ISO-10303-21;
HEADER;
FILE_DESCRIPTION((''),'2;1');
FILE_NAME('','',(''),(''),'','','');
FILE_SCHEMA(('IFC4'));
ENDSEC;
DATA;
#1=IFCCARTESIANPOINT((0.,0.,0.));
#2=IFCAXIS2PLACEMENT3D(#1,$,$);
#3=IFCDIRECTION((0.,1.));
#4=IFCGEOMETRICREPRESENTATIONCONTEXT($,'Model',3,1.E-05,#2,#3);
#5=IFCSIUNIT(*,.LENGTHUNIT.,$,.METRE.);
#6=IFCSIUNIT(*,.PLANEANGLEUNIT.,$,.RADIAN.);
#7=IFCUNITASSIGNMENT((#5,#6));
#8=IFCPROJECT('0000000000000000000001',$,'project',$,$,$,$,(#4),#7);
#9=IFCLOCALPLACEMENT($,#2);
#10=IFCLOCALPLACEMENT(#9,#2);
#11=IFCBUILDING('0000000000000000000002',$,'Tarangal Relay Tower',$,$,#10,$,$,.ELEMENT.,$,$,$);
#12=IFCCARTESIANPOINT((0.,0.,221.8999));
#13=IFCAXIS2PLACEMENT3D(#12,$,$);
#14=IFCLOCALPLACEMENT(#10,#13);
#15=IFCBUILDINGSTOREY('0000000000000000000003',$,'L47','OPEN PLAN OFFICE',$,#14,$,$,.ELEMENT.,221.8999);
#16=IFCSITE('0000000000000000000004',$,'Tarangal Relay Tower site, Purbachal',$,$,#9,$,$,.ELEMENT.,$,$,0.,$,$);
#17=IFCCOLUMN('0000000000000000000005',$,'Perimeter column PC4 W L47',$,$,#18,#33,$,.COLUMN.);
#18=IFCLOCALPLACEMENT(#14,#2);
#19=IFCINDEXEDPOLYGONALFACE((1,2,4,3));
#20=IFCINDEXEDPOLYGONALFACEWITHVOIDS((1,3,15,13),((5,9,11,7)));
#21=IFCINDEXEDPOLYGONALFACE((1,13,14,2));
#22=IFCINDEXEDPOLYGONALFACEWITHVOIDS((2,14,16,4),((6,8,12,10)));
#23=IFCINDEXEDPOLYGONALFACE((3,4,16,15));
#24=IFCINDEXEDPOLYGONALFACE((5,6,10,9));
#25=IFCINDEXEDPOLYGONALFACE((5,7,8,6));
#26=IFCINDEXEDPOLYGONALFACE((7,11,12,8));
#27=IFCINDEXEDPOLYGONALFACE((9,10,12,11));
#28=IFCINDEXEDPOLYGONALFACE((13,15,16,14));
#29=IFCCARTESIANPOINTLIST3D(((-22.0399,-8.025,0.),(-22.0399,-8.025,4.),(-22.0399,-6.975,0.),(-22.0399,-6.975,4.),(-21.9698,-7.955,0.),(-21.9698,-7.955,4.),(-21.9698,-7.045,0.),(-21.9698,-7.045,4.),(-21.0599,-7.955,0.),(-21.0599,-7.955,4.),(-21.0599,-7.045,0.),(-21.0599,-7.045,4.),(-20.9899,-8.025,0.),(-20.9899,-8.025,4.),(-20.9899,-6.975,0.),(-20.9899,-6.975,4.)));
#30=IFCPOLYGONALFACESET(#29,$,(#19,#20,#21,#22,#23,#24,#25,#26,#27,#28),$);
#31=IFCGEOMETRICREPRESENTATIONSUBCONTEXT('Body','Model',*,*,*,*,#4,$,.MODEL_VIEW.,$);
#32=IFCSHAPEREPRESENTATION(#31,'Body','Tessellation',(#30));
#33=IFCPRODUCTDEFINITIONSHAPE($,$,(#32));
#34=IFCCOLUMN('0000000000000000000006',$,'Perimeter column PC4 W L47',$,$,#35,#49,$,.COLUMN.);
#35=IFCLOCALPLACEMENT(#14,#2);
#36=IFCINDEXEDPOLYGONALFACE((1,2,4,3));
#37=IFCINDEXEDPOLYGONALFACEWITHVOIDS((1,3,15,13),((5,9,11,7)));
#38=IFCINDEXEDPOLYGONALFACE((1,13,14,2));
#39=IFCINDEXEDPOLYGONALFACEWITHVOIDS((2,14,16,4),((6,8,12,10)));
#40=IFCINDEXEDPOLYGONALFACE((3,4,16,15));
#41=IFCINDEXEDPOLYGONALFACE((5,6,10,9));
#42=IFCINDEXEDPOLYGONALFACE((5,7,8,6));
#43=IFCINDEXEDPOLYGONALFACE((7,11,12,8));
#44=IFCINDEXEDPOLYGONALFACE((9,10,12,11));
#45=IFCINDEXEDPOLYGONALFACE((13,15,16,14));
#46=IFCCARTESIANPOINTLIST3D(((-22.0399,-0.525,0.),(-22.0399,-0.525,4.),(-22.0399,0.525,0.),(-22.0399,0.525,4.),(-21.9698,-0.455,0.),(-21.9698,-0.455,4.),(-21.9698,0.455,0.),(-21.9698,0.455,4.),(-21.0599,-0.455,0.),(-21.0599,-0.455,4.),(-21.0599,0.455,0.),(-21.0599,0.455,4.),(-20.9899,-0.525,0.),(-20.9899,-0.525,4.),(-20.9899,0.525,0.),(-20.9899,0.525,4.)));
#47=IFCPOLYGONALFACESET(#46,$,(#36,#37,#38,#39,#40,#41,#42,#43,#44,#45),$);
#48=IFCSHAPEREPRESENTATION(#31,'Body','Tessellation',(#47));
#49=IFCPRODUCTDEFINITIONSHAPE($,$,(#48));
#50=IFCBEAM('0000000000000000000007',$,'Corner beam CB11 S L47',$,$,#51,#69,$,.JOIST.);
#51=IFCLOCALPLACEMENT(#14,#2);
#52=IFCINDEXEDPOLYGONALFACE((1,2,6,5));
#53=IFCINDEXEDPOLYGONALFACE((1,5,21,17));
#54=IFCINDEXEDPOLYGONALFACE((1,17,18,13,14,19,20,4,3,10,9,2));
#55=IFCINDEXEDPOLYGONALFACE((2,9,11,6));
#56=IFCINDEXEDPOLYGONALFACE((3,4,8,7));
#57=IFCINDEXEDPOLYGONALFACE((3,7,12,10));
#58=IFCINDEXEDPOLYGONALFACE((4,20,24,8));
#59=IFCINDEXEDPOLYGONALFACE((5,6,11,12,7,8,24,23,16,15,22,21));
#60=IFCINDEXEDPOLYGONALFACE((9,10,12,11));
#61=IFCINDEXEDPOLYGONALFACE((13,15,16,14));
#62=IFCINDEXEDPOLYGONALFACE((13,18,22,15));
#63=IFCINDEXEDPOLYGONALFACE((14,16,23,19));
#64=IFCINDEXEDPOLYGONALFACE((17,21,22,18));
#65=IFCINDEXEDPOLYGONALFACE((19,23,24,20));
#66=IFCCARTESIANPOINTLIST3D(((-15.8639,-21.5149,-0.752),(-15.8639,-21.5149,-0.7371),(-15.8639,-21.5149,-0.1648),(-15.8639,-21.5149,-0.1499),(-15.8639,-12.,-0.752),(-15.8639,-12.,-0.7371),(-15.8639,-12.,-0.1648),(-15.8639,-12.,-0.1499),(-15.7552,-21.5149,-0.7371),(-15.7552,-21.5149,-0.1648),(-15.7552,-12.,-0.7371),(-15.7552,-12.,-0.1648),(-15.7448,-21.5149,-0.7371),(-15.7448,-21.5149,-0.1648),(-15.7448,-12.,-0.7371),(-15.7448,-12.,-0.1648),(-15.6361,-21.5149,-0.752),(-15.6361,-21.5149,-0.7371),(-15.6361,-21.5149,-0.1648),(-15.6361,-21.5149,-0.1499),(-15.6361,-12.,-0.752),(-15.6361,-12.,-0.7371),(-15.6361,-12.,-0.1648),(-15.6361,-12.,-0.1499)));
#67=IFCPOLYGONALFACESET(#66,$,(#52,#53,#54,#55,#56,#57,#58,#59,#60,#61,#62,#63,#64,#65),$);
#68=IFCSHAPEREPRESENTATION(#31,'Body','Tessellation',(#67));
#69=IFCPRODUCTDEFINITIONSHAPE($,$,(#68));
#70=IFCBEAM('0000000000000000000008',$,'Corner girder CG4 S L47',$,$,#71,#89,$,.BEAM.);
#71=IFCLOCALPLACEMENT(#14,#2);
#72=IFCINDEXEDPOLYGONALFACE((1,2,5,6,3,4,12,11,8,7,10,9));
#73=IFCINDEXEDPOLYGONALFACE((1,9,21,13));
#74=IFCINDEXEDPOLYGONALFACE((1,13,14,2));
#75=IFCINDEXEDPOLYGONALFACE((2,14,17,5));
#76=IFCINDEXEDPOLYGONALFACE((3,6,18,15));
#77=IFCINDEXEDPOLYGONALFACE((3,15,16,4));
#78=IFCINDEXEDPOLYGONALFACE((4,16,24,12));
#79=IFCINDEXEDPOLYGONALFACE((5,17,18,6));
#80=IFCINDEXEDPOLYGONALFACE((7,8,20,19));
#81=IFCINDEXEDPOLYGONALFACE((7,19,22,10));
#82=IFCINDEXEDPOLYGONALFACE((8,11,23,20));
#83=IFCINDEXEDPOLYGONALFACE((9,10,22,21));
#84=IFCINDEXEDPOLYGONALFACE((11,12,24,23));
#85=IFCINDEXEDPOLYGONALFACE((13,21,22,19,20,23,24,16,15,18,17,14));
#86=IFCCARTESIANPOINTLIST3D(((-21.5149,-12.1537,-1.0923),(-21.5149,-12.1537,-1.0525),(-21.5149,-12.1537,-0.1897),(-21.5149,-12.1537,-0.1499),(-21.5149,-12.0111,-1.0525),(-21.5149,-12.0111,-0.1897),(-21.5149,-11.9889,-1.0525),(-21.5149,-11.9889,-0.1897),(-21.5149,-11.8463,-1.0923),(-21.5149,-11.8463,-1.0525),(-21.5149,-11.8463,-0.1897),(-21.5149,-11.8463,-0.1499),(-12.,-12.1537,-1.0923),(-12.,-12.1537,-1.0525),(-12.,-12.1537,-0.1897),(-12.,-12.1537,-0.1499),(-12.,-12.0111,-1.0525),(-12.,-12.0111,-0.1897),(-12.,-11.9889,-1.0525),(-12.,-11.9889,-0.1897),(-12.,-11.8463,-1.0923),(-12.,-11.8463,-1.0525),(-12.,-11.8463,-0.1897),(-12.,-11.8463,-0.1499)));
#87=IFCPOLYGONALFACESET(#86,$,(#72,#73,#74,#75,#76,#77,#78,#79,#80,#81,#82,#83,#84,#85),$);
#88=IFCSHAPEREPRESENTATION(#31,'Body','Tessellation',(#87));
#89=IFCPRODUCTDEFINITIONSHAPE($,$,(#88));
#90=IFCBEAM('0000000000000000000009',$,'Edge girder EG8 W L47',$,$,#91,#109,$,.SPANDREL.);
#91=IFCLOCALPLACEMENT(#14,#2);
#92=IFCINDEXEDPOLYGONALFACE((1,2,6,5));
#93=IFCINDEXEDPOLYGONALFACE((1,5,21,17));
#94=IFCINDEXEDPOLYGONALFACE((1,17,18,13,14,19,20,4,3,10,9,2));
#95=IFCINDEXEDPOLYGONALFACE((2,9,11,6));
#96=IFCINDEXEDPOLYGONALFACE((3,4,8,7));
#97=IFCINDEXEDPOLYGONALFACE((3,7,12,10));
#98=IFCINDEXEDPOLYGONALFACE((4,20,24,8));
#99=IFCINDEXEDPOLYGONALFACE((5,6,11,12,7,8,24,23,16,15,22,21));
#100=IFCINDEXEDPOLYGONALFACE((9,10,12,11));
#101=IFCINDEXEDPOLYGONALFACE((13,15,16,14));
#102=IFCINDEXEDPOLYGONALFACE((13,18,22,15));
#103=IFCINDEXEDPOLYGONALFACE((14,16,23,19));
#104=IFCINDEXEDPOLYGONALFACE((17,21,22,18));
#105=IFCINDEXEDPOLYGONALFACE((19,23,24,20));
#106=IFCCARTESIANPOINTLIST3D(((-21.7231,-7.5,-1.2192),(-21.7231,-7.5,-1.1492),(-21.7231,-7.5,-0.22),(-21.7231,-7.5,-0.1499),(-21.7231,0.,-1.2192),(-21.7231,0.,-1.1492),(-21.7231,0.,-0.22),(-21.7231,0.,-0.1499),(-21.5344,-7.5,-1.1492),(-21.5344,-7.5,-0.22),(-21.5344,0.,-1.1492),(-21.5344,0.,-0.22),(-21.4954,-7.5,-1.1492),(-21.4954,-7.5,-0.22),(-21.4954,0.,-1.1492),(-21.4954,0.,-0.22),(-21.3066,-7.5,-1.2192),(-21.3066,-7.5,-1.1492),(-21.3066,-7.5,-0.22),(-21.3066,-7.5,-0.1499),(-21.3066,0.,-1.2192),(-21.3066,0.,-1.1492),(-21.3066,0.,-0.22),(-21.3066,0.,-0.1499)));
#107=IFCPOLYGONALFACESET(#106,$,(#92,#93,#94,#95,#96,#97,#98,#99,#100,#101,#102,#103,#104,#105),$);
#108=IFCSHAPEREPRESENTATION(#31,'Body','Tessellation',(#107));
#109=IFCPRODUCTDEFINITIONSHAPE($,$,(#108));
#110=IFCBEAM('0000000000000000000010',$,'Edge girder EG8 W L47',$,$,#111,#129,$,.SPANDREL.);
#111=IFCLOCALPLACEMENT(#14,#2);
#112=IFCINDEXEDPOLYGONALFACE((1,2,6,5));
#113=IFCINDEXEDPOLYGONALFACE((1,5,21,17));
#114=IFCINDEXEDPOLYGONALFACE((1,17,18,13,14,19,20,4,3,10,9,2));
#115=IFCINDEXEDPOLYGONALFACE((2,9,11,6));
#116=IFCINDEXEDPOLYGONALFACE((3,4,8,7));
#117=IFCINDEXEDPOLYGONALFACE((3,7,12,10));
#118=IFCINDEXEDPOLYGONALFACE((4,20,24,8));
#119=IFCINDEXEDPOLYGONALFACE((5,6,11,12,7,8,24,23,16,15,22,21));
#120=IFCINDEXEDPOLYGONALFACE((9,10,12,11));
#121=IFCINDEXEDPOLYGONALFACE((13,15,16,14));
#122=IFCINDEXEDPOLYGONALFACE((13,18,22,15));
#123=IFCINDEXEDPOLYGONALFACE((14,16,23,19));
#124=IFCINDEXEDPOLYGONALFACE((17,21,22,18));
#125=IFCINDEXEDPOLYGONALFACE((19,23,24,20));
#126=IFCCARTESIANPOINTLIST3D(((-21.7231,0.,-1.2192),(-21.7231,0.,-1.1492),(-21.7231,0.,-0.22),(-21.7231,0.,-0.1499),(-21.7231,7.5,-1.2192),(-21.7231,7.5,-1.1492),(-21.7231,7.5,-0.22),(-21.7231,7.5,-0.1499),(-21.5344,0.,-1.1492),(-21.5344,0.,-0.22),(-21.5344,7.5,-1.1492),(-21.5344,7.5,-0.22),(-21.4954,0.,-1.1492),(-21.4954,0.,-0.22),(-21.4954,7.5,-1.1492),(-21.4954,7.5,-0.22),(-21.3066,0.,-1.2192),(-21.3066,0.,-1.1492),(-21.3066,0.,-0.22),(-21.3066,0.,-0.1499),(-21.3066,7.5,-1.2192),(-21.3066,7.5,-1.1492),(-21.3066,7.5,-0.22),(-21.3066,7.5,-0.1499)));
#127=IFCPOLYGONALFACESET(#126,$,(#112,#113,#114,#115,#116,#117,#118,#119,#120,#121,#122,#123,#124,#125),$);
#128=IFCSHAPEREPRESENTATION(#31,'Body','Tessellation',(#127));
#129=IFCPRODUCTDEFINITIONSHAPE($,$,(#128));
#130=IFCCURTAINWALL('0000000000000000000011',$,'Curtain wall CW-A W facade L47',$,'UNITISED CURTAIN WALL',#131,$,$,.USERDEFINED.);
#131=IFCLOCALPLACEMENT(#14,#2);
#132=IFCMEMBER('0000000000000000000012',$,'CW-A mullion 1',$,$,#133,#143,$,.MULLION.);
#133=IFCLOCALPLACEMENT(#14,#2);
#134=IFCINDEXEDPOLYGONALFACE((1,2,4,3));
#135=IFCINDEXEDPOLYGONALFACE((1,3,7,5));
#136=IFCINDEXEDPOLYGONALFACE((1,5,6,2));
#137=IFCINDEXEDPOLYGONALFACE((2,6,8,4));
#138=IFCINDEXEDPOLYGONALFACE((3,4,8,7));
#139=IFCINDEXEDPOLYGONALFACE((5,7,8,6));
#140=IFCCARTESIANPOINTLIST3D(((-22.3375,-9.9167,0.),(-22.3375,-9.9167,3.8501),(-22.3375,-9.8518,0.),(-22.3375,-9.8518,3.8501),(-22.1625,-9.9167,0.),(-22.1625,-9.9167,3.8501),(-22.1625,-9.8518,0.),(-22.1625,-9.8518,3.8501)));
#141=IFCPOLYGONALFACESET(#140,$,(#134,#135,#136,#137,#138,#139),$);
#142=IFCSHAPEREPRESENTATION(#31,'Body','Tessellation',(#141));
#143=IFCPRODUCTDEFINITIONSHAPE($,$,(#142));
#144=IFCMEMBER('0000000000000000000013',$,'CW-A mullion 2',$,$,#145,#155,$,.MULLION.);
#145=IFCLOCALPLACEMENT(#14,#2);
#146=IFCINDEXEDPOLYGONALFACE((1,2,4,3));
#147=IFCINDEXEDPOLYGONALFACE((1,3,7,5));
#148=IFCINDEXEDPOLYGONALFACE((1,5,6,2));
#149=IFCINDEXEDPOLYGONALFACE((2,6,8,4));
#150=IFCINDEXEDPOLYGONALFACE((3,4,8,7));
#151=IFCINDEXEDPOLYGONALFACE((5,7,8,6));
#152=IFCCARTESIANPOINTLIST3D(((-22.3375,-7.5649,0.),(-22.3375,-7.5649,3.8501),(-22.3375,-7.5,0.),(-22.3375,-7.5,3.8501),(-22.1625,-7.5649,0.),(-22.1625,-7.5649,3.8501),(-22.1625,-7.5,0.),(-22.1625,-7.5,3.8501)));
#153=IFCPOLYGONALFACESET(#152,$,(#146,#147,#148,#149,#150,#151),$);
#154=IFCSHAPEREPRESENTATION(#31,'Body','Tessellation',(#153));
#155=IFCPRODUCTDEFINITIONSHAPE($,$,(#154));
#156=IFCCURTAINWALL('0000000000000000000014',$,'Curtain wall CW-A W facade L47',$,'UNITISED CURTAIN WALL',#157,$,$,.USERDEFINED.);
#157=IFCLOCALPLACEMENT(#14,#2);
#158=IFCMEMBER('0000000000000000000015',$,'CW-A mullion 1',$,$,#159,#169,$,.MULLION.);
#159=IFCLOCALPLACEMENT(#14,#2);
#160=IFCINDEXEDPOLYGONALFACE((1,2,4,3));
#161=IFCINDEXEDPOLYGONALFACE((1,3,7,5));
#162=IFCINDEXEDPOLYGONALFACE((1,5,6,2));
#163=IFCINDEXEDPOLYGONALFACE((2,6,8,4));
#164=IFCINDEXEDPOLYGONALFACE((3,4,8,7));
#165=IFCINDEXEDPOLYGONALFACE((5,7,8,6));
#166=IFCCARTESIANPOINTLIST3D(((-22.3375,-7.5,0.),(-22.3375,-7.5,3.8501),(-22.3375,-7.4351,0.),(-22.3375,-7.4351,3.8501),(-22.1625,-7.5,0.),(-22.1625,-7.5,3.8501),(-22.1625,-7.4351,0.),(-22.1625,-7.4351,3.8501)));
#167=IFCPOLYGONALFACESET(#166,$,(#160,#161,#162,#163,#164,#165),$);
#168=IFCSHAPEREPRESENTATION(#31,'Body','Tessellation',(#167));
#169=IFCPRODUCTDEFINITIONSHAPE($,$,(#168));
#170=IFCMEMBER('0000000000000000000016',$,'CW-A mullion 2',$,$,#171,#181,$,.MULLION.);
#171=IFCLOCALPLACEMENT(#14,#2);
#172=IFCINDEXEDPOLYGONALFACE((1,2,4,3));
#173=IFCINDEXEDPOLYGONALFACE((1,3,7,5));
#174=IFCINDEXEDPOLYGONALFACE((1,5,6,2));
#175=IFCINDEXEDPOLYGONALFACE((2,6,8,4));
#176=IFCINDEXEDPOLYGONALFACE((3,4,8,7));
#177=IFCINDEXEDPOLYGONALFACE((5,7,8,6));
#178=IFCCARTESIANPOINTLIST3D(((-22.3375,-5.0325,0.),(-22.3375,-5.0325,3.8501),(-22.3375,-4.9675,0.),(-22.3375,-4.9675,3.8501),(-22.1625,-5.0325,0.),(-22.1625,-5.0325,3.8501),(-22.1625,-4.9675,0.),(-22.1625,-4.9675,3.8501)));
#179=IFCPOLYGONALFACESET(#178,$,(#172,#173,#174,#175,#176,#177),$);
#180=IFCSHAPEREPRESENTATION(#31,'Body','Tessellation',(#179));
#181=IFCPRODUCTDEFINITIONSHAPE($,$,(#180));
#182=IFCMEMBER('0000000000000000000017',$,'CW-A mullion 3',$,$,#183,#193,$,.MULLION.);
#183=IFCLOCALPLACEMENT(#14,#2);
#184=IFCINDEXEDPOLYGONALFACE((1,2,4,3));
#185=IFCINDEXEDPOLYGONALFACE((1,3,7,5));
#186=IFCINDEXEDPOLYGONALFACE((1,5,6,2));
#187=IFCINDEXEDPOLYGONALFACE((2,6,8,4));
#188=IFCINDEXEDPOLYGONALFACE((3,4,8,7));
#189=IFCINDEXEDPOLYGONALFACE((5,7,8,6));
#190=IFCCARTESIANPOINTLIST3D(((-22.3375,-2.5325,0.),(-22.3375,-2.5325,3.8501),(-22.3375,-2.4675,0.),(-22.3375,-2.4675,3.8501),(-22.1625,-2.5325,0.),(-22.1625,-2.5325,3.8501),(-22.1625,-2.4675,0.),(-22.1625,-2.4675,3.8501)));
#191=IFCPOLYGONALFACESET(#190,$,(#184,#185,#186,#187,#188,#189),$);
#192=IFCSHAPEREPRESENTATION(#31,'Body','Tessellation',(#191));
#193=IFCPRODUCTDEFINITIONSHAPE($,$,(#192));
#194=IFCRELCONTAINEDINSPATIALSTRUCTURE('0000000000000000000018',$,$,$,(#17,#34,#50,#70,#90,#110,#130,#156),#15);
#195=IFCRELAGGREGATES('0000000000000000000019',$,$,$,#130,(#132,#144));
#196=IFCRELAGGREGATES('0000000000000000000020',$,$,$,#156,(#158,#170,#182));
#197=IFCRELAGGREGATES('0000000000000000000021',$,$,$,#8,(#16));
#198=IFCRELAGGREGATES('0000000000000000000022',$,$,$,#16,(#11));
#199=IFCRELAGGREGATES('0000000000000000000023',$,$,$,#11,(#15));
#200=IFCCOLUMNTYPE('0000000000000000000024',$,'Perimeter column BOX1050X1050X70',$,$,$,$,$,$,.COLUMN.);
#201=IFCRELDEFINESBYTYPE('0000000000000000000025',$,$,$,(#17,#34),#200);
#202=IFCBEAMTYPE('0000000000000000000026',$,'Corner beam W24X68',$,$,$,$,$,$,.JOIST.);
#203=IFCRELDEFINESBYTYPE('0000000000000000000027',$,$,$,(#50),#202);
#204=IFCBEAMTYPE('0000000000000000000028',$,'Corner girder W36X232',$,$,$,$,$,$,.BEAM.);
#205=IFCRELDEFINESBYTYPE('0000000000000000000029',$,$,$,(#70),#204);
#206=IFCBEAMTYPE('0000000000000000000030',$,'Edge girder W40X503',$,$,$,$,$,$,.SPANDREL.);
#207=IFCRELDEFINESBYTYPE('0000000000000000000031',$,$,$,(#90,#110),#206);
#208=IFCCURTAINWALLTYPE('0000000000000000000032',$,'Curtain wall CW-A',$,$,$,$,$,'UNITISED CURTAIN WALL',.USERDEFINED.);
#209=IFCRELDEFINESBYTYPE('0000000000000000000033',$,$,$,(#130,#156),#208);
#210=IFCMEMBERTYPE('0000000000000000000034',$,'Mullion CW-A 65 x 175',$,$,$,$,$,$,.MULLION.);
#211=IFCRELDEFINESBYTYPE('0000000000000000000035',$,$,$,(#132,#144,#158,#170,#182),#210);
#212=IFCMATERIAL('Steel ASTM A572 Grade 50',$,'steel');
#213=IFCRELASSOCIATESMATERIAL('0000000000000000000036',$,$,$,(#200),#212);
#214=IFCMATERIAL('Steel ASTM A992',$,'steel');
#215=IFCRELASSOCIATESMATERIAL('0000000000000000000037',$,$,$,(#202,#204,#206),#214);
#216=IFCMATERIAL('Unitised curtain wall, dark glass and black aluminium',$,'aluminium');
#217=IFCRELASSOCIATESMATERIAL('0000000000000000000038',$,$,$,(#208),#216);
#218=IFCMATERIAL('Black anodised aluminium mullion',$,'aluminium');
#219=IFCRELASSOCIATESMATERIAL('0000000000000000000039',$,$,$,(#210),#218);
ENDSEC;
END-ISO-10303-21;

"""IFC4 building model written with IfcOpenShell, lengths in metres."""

from ifc_helpers import new_model, si_unit, direction, frame, origin, origin_2d, place, context, subcontext, project, spatial, rectangle, hollow_rectangle, i_section, extrude, material, material_profile, profile_set, type_object, element, aggregate, save


model = new_model("IFC4")

# Units and contexts
model_context = context("Model", 3, precision=1e-05, world=origin(), true_north=direction((0.0, 1.0)))
body_context = subcontext(model_context, "Body", "Model", "MODEL_VIEW")
ifc_project = project(units=[si_unit("LENGTHUNIT", "METRE"), si_unit("PLANEANGLEUNIT", "RADIAN")], contexts=[model_context])

# Site, building, storey
site_placement = place(None, origin())
site = spatial("IfcSite", under=ifc_project, at=site_placement, Name="Tarangal Relay Tower site, Purbachal", CompositionType="ELEMENT", RefElevation=0.0)
building_placement = place(site_placement, origin())
building = spatial("IfcBuilding", under=site, at=building_placement, Name="Tarangal Relay Tower", CompositionType="ELEMENT")
storey_placement = place(building_placement, frame((0.0, 0.0, 221.8999)))
storey = spatial("IfcBuildingStorey", under=building, at=storey_placement, Name="L47", Description="OPEN PLAN OFFICE", CompositionType="ELEMENT", Elevation=221.8999)

# Columns
ifc_material_1 = material(Name="Steel ASTM A572 Grade 50", Category="steel")
ifc_material_profile_1 = material_profile(ifc_material_1, hollow_rectangle(XDim=1.05, YDim=1.05, WallThickness=0.0701, at=origin_2d()), Name="BOX1050X1050X70")
ifc_profile_set_1 = profile_set([ifc_material_profile_1], Name="Steel ASTM A572 Grade 50")
column_type = type_object("IfcColumnType", Name="Perimeter column BOX1050X1050X70", PredefinedType="COLUMN", material=ifc_profile_set_1)
for number, where, z_axis, x_axis, name in (
    (1, (-21.5149, -7.5, 0.0), (0.0, 0.0, 1.0), (1.0, 0.0, 0.0), "Perimeter column PC4 W L47"),
    (2, (-21.5149, 0.0, 0.0), (0.0, 0.0, 1.0), (1.0, 0.0, 0.0), "Perimeter column PC4 W L47"),
):
    element("IfcColumn", number, at=place(storey_placement, frame(where, z_axis=z_axis, x_axis=x_axis)), inside=storey, type_object=column_type, Name=name, PredefinedType="COLUMN", context=body_context, shape_type="SweptSolid", body=[
        extrude(hollow_rectangle(XDim=1.05, YDim=1.05, WallThickness=0.0701, at=origin_2d()), origin(), (0.0, 0.0, 1.0), 4.0),
    ])

# Beams
ifc_material_2 = material(Name="Steel ASTM A992", Category="steel")
ifc_material_profile_2 = material_profile(ifc_material_2, i_section(OverallWidth=0.2278, OverallDepth=0.6021, WebThickness=0.0105, FlangeThickness=0.0149, at=origin_2d()), Name="W24X68")
ifc_profile_set_2 = profile_set([ifc_material_profile_2], Name="Steel ASTM A992")
beam_type_1 = type_object("IfcBeamType", Name="Corner beam W24X68", PredefinedType="JOIST", material=ifc_profile_set_2)
beam_1_placement = place(storey_placement, frame((-15.75, -12.0, -0.4509), z_axis=(0.0, -1.0, 0.0), x_axis=(1.0, 0.0, 0.0)))
element("IfcBeam", 3, at=beam_1_placement, inside=storey, type_object=beam_type_1, Name="Corner beam CB11 S L47", PredefinedType="JOIST", context=body_context, shape_type="SweptSolid", body=[
    extrude(i_section(OverallWidth=0.2278, OverallDepth=0.6021, WebThickness=0.0105, FlangeThickness=0.0149, at=origin_2d()), origin(), (0.0, 0.0, 1.0), 9.5149),
])
ifc_material_profile_3 = material_profile(ifc_material_2, i_section(OverallWidth=0.3074, OverallDepth=0.9424, WebThickness=0.0222, FlangeThickness=0.0398, at=origin_2d()), Name="W36X232")
ifc_profile_set_3 = profile_set([ifc_material_profile_3], Name="Steel ASTM A992")
beam_type_2 = type_object("IfcBeamType", Name="Corner girder W36X232", PredefinedType="BEAM", material=ifc_profile_set_3)
beam_2_placement = place(storey_placement, frame((-12.0, -12.0, -0.6211), z_axis=(-1.0, 0.0, 0.0), x_axis=(0.0, -1.0, 0.0)))
element("IfcBeam", 4, at=beam_2_placement, inside=storey, type_object=beam_type_2, Name="Corner girder CG4 S L47", PredefinedType="BEAM", context=body_context, shape_type="SweptSolid", body=[
    extrude(i_section(OverallWidth=0.3074, OverallDepth=0.9424, WebThickness=0.0222, FlangeThickness=0.0398, at=origin_2d()), origin(), (0.0, 0.0, 1.0), 9.5149),
])
ifc_material_profile_4 = material_profile(ifc_material_2, i_section(OverallWidth=0.4165, OverallDepth=1.0693, WebThickness=0.0391, FlangeThickness=0.0701, at=origin_2d()), Name="W40X503")
ifc_profile_set_4 = profile_set([ifc_material_profile_4], Name="Steel ASTM A992")
beam_type_3 = type_object("IfcBeamType", Name="Edge girder W40X503", PredefinedType="SPANDREL", material=ifc_profile_set_4)
for number, where, z_axis, x_axis, name in (
    (5, (-21.5149, -7.5, -0.6846), (0.0, 1.0, 0.0), (-1.0, 0.0, 0.0), "Edge girder EG8 W L47"),
    (6, (-21.5149, 0.0, -0.6846), (0.0, 1.0, 0.0), (-1.0, 0.0, 0.0), "Edge girder EG8 W L47"),
):
    element("IfcBeam", number, at=place(storey_placement, frame(where, z_axis=z_axis, x_axis=x_axis)), inside=storey, type_object=beam_type_3, Name=name, PredefinedType="SPANDREL", context=body_context, shape_type="SweptSolid", body=[
        extrude(i_section(OverallWidth=0.4165, OverallDepth=1.0693, WebThickness=0.0391, FlangeThickness=0.0701, at=origin_2d()), origin(), (0.0, 0.0, 1.0), 7.5),
    ])

# Curtain walls, members
ifc_material_3 = material(Name="Unitised curtain wall, dark glass and black aluminium", Category="aluminium")
curtain_wall_type_1 = type_object("IfcCurtainWallType", Name="Curtain wall CW-A", ElementType="UNITISED CURTAIN WALL", PredefinedType="USERDEFINED", material=ifc_material_3)
curtain_wall_1_placement = place(storey_placement, origin())
curtain_wall_1 = element("IfcCurtainWall", 7, at=curtain_wall_1_placement, inside=storey, type_object=curtain_wall_type_1, Name="Curtain wall CW-A W facade L47", ObjectType="UNITISED CURTAIN WALL", PredefinedType="USERDEFINED")
ifc_material_4 = material(Name="Black anodised aluminium mullion", Category="aluminium")
ifc_material_profile_5 = material_profile(ifc_material_4, rectangle(XDim=0.175, YDim=0.0649, at=origin_2d()), Name="CW-AM 65X175")
ifc_profile_set_5 = profile_set([ifc_material_profile_5], Name="Black anodised aluminium mullion")
member_type_1 = type_object("IfcMemberType", Name="Mullion CW-A 65 x 175", PredefinedType="MULLION", material=ifc_profile_set_5)
member_1_placement = place(storey_placement, frame((-22.25, -9.8843, 0.0), z_axis=(0.0, 0.0, 1.0), x_axis=(-1.0, 0.0, 0.0)))
member_1 = element("IfcMember", 8, at=member_1_placement, type_object=member_type_1, Name="CW-A mullion 1", PredefinedType="MULLION", context=body_context, shape_type="SweptSolid", body=[
    extrude(rectangle(XDim=0.175, YDim=0.0649, at=origin_2d()), origin(), (0.0, 0.0, 1.0), 3.8501),
])
member_2_placement = place(storey_placement, frame((-22.25, -7.5325, 0.0), z_axis=(0.0, 0.0, 1.0), x_axis=(-1.0, 0.0, 0.0)))
member_2 = element("IfcMember", 9, at=member_2_placement, type_object=member_type_1, Name="CW-A mullion 2", PredefinedType="MULLION", context=body_context, shape_type="SweptSolid", body=[
    extrude(rectangle(XDim=0.175, YDim=0.0649, at=origin_2d()), origin(), (0.0, 0.0, 1.0), 3.8501),
])
curtain_wall_2_placement = place(storey_placement, origin())
curtain_wall_2 = element("IfcCurtainWall", 10, at=curtain_wall_2_placement, inside=storey, type_object=curtain_wall_type_1, Name="Curtain wall CW-A W facade L47", ObjectType="UNITISED CURTAIN WALL", PredefinedType="USERDEFINED")
member_3_placement = place(storey_placement, frame((-22.25, -7.4675, 0.0), z_axis=(0.0, 0.0, 1.0), x_axis=(-1.0, 0.0, 0.0)))
member_3 = element("IfcMember", 11, at=member_3_placement, type_object=member_type_1, Name="CW-A mullion 1", PredefinedType="MULLION", context=body_context, shape_type="SweptSolid", body=[
    extrude(rectangle(XDim=0.175, YDim=0.0649, at=origin_2d()), origin(), (0.0, 0.0, 1.0), 3.8501),
])
member_4_placement = place(storey_placement, frame((-22.25, -5.0, 0.0), z_axis=(0.0, 0.0, 1.0), x_axis=(-1.0, 0.0, 0.0)))
member_4 = element("IfcMember", 12, at=member_4_placement, type_object=member_type_1, Name="CW-A mullion 2", PredefinedType="MULLION", context=body_context, shape_type="SweptSolid", body=[
    extrude(rectangle(XDim=0.175, YDim=0.0649, at=origin_2d()), origin(), (0.0, 0.0, 1.0), 3.8501),
])
member_5_placement = place(storey_placement, frame((-22.25, -2.5, 0.0), z_axis=(0.0, 0.0, 1.0), x_axis=(-1.0, 0.0, 0.0)))
member_5 = element("IfcMember", 13, at=member_5_placement, type_object=member_type_1, Name="CW-A mullion 3", PredefinedType="MULLION", context=body_context, shape_type="SweptSolid", body=[
    extrude(rectangle(XDim=0.175, YDim=0.0649, at=origin_2d()), origin(), (0.0, 0.0, 1.0), 3.8501),
])

aggregate(curtain_wall_1, [member_1, member_2])
aggregate(curtain_wall_2, [member_3, member_4, member_5])

save(model, "model.ifc")
